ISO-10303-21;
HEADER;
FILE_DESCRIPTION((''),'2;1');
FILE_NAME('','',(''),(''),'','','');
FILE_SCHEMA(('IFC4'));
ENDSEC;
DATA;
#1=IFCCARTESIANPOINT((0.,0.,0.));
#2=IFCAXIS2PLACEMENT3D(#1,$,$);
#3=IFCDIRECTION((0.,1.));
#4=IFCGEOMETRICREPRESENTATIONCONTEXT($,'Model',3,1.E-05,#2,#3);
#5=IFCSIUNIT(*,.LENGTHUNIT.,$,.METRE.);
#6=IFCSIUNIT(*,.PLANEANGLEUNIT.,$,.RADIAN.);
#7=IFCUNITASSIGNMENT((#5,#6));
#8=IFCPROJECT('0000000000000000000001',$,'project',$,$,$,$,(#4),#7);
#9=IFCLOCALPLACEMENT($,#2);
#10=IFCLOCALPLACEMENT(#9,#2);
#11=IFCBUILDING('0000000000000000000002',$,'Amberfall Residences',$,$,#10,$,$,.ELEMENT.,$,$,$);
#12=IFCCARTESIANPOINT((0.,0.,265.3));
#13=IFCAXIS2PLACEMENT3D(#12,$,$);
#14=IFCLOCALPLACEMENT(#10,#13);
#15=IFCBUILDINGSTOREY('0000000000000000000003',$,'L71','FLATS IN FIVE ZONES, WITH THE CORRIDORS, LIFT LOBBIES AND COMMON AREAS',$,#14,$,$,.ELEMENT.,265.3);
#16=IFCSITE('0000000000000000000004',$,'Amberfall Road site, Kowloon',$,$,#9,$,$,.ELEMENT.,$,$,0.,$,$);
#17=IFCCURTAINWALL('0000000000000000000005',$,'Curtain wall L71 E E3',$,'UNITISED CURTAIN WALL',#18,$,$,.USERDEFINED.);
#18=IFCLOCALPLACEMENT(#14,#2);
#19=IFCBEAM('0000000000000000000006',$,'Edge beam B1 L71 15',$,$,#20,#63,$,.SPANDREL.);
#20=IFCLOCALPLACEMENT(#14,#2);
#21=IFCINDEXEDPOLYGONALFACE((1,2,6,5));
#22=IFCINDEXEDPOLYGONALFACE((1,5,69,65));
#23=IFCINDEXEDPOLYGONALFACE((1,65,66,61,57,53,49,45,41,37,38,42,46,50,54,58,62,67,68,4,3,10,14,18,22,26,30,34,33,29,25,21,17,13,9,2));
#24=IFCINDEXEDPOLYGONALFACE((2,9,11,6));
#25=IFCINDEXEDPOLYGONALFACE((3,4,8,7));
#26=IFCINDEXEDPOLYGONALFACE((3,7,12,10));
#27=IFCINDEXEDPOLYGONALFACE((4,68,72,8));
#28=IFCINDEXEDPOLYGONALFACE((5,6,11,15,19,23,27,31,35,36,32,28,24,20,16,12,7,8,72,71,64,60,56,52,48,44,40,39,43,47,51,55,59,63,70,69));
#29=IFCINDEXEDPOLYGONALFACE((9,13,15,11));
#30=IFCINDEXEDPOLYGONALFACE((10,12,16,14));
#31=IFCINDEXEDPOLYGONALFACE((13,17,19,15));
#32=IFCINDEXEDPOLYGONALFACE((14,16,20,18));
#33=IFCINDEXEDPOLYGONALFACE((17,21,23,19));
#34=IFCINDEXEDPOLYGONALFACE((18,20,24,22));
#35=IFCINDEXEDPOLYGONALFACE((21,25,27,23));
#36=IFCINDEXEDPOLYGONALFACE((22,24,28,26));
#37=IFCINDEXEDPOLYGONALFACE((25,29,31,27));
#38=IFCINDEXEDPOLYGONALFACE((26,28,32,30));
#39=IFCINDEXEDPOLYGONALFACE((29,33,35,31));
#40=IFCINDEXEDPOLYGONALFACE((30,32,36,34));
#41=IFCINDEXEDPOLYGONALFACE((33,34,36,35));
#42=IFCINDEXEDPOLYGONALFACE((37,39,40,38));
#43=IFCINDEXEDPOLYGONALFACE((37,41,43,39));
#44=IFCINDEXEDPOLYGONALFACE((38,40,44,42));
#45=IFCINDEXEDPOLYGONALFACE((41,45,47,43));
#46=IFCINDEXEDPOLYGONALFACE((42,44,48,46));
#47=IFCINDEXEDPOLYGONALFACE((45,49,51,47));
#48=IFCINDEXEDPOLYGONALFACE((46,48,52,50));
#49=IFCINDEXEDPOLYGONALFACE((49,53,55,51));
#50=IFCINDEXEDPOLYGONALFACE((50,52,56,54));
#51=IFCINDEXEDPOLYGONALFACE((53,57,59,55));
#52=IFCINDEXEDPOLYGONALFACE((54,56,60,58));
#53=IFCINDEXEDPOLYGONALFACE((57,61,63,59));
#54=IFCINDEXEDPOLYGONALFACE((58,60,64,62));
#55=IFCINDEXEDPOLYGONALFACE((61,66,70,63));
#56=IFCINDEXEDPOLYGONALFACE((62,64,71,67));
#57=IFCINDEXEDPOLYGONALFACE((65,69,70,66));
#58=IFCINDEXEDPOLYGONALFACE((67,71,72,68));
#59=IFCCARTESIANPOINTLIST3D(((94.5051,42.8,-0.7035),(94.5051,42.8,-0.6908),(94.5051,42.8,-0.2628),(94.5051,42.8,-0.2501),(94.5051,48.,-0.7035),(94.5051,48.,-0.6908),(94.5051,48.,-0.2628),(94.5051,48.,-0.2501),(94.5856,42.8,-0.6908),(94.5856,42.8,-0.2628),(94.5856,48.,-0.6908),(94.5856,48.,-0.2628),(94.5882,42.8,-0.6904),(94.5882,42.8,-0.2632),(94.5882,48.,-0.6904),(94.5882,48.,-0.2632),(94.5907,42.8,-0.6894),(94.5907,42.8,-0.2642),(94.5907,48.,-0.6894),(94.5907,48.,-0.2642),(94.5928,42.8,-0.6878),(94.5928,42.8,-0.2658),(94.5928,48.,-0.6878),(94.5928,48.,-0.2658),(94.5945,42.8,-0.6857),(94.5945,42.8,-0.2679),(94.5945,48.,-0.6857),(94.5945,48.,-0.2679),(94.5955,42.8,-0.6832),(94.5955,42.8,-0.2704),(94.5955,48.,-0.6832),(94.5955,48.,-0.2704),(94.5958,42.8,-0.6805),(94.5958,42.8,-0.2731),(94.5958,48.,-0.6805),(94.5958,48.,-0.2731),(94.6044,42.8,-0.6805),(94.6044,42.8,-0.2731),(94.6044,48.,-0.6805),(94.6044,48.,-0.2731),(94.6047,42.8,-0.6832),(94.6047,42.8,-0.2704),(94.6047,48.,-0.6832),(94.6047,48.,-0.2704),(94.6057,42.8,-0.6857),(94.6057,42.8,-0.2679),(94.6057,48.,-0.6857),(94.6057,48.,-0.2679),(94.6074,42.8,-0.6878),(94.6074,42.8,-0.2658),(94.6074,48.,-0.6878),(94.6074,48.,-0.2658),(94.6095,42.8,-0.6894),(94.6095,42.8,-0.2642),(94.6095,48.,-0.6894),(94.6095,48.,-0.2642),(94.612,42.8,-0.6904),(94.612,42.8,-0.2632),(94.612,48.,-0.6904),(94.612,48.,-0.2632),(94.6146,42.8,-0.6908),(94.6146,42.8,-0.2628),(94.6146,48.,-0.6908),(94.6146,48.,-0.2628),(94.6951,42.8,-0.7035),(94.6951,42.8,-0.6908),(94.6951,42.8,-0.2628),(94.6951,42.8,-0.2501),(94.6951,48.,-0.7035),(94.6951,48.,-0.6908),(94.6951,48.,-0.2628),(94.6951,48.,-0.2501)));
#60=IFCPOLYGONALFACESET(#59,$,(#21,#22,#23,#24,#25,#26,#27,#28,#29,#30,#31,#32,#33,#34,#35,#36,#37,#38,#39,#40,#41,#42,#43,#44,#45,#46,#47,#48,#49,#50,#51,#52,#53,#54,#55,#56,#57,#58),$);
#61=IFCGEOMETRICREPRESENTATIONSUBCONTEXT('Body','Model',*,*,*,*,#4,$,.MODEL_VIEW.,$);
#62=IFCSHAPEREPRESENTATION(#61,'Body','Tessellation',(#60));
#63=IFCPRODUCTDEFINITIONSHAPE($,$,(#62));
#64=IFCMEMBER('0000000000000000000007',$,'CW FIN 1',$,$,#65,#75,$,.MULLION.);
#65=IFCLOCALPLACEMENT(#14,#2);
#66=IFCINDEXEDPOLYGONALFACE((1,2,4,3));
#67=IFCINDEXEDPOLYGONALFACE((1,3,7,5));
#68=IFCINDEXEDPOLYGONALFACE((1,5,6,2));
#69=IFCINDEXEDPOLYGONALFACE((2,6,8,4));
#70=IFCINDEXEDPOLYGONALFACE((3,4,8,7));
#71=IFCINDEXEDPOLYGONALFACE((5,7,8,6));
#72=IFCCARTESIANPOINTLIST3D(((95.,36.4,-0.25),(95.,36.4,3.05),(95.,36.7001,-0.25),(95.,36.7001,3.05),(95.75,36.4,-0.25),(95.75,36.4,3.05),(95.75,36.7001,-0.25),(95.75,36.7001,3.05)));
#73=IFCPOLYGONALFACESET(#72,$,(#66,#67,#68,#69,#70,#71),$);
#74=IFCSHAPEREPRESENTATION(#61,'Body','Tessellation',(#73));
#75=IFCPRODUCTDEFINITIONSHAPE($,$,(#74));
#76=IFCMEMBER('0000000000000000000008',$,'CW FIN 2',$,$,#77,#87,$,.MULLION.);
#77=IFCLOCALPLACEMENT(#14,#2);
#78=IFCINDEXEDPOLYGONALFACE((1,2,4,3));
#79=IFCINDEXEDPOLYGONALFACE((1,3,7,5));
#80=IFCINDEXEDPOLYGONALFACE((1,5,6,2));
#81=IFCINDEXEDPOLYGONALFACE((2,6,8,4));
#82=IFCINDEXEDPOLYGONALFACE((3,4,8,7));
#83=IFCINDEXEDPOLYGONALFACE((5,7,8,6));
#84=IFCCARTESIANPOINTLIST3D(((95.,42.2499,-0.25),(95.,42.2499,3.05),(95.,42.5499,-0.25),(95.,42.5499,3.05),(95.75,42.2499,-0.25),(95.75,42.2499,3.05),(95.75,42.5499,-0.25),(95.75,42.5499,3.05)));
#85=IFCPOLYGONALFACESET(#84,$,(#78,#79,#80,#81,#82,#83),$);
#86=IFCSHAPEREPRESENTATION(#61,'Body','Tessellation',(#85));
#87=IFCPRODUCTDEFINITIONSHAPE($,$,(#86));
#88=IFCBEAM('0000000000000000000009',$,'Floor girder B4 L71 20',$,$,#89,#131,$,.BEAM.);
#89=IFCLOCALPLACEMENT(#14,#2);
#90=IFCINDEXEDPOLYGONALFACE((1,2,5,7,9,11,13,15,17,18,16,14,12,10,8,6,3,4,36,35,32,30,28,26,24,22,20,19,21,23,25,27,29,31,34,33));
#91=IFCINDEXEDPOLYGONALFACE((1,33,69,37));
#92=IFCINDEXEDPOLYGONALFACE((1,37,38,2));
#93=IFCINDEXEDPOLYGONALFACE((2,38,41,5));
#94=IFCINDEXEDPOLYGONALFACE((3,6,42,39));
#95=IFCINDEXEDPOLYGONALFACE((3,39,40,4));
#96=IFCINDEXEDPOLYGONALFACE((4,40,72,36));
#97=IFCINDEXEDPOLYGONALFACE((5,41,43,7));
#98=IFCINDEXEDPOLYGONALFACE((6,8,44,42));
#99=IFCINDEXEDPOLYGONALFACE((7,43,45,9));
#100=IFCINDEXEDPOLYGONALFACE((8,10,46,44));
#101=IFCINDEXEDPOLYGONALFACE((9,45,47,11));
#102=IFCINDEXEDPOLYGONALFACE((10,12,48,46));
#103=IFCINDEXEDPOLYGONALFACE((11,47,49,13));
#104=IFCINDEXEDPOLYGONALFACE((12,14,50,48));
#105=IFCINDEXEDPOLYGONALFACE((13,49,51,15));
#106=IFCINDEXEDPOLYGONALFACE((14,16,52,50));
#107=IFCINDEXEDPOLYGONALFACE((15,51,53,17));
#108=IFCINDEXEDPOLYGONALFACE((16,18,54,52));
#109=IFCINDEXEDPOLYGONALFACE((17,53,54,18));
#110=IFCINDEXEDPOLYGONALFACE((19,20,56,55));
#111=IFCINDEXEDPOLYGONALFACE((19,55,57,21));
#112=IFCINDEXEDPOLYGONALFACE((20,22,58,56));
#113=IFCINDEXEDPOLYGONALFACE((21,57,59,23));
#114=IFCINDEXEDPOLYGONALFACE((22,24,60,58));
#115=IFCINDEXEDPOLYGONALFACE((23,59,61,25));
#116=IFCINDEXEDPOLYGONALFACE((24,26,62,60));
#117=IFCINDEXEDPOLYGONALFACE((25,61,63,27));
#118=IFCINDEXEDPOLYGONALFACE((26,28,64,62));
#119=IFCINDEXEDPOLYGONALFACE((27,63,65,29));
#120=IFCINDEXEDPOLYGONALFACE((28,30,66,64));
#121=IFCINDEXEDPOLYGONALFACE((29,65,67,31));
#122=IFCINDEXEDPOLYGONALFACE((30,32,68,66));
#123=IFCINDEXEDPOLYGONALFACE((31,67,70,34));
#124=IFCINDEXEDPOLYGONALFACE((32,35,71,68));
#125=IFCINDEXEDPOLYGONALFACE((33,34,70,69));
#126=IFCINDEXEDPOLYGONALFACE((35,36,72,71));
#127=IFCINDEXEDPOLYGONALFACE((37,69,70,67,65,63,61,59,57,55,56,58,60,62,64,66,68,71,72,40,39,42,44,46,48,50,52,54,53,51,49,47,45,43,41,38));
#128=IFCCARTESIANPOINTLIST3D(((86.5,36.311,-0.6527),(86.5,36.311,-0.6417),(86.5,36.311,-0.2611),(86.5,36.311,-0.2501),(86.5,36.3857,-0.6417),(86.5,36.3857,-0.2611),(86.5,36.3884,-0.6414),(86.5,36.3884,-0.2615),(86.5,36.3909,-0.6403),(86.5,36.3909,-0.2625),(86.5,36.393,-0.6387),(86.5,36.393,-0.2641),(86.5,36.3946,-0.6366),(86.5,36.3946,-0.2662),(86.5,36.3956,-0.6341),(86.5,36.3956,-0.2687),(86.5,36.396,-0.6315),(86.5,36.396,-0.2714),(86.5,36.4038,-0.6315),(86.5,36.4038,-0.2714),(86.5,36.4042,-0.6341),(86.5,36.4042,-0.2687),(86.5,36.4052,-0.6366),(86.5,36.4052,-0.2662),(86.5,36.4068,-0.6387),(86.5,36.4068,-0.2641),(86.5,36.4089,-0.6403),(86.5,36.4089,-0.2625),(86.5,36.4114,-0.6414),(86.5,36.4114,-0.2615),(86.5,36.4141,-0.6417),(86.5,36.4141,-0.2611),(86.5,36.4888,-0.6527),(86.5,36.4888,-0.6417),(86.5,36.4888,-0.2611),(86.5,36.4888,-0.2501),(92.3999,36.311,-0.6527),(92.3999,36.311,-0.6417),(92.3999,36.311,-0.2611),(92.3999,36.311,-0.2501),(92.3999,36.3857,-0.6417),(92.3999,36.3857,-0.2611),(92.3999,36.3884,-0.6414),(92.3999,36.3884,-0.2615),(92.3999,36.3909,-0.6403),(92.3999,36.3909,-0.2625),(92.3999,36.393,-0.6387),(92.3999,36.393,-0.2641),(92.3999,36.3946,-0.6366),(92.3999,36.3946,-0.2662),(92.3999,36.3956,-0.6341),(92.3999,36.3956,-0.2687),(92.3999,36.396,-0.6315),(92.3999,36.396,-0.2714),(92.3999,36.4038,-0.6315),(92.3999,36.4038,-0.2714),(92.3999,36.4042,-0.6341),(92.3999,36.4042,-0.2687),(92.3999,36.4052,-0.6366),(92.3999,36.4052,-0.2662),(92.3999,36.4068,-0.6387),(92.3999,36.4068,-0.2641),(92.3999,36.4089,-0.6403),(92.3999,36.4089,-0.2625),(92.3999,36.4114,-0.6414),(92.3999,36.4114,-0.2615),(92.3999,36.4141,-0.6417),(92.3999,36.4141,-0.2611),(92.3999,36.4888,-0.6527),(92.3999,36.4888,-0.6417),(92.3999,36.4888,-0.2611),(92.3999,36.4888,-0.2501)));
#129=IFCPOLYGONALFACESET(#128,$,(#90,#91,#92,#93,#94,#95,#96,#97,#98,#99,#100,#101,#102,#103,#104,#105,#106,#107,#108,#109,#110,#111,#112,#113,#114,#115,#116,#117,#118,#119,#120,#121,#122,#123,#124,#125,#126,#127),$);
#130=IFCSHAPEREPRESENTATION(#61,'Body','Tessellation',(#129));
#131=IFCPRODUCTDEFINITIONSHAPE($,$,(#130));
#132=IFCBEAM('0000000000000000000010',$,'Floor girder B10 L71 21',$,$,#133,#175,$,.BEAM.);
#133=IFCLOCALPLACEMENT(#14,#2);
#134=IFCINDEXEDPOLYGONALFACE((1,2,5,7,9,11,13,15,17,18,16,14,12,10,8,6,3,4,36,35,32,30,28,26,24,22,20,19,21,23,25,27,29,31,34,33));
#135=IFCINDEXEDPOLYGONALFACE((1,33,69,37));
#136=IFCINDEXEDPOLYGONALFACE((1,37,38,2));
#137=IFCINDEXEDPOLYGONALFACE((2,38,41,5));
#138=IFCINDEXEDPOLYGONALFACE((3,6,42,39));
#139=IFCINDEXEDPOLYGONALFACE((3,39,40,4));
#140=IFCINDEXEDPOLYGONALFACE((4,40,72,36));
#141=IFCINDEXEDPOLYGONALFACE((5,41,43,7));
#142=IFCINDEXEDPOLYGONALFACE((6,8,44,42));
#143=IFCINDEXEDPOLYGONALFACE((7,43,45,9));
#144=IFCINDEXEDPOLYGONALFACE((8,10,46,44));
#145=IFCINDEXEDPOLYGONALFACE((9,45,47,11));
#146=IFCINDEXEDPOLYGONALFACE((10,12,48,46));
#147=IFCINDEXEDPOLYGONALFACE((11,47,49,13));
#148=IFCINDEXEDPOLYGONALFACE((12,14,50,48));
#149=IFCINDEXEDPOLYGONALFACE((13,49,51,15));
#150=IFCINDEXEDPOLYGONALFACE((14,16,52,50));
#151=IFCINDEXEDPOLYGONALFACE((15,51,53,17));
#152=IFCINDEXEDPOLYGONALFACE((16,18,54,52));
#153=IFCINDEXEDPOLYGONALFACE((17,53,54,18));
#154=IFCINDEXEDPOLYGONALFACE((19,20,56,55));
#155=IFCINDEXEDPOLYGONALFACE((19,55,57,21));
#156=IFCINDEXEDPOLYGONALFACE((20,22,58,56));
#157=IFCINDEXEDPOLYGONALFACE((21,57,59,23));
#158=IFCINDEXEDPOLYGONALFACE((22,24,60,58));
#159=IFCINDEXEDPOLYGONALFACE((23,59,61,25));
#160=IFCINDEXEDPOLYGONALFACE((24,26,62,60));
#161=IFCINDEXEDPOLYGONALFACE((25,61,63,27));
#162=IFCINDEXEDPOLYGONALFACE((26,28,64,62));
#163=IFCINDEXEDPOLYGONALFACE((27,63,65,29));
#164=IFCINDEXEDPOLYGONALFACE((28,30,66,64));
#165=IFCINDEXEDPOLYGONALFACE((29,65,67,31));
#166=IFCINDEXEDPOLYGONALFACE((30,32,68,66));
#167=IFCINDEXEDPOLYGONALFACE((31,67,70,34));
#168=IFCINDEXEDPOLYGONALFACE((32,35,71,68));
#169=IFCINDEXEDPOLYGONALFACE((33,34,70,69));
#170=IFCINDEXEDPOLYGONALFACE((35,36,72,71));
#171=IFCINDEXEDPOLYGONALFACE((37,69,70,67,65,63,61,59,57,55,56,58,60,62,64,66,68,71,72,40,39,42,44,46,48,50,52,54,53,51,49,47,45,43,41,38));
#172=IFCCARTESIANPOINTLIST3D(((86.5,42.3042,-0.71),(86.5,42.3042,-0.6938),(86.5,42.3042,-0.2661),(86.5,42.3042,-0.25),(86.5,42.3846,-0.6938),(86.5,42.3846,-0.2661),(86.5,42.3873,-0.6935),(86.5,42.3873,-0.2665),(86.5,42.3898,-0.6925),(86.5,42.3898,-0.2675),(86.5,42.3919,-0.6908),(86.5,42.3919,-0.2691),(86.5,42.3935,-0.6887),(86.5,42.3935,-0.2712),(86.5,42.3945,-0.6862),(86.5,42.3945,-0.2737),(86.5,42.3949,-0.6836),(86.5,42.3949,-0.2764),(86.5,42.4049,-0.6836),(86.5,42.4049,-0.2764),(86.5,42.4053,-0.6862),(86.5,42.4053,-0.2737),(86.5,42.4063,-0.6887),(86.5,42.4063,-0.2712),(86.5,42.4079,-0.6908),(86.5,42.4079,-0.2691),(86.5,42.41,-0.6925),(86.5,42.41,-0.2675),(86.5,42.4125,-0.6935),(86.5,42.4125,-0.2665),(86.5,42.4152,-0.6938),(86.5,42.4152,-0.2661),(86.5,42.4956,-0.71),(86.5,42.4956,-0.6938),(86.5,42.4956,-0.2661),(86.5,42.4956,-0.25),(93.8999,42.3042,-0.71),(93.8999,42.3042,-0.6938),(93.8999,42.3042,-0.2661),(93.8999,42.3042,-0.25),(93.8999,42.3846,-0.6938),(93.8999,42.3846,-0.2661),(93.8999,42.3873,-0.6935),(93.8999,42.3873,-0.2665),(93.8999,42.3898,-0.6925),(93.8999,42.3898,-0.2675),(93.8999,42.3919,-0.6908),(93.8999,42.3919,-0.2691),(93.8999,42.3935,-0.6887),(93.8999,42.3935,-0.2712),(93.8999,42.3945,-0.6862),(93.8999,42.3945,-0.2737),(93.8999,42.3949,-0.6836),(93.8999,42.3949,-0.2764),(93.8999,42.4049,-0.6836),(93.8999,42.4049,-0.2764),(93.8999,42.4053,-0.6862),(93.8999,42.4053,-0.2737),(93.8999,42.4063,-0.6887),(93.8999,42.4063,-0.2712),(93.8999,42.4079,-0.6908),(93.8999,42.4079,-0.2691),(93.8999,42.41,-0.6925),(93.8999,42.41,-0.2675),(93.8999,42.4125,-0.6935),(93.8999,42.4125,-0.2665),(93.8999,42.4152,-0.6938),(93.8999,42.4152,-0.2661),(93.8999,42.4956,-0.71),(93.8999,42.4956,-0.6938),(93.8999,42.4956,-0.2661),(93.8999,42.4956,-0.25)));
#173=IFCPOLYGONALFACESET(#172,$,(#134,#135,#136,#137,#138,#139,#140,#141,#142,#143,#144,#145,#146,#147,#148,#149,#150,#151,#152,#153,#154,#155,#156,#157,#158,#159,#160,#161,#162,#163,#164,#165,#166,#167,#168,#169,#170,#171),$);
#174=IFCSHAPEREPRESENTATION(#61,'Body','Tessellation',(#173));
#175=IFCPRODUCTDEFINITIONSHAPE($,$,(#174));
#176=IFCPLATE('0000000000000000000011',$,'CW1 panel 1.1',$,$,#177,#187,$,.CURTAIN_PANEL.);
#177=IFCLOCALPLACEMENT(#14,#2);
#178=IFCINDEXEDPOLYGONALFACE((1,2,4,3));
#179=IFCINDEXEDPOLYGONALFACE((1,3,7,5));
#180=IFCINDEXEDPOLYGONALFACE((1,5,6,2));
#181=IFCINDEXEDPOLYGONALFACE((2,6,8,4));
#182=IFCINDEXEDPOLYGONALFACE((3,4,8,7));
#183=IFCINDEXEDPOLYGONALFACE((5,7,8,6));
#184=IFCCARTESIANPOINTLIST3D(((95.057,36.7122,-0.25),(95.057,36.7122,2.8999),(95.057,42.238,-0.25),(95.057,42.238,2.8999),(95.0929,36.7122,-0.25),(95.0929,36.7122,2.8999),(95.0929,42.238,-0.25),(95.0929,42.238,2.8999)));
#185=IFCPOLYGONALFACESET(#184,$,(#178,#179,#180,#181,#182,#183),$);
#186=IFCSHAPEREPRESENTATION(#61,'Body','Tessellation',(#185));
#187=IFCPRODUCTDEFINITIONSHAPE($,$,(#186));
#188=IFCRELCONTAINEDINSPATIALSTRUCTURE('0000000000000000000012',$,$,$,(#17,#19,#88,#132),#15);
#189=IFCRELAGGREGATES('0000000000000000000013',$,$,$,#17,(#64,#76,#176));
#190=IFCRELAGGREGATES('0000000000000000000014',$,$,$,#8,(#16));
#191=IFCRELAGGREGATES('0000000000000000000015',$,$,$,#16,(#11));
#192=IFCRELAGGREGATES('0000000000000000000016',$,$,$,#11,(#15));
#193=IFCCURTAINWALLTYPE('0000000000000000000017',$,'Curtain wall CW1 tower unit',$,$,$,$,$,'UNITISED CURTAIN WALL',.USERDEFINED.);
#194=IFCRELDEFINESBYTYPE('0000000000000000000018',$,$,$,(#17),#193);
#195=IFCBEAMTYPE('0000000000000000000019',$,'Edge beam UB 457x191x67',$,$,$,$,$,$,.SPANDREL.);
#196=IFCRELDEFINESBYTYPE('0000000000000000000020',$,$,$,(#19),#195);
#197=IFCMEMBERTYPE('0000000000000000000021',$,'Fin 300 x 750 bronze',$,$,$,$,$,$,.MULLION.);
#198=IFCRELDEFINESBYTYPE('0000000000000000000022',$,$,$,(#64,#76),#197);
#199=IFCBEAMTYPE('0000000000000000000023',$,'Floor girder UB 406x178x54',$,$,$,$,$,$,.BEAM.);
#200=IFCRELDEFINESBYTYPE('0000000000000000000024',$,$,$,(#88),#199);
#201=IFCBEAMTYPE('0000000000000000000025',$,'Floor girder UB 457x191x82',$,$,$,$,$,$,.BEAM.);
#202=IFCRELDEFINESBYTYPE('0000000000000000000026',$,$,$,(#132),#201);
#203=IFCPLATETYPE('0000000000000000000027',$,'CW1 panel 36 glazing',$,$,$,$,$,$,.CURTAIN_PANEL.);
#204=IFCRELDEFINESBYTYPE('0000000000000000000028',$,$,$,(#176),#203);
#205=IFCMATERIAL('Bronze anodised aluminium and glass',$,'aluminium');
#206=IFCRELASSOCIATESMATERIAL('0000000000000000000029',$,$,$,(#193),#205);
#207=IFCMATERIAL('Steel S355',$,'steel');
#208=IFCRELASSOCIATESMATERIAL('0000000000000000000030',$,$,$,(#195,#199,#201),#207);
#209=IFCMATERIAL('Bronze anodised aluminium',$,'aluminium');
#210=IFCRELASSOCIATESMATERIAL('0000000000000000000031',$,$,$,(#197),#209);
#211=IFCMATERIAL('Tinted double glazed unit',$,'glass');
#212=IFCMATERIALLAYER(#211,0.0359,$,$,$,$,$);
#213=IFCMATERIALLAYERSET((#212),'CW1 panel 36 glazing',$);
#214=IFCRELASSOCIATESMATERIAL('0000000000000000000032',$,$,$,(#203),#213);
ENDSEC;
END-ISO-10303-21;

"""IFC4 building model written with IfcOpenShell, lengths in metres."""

from ifc_helpers import new_model, si_unit, direction, frame, origin, origin_2d, place, context, subcontext, project, spatial, rectangle, i_section, extrude, material, layer, layer_set, material_profile, profile_set, type_object, element, aggregate, save


model = new_model("IFC4")

# Units and contexts
model_context = context("Model", 3, precision=1e-05, world=origin(), true_north=direction((0.0, 1.0)))
body_context = subcontext(model_context, "Body", "Model", "MODEL_VIEW")
ifc_project = project(units=[si_unit("LENGTHUNIT", "METRE"), si_unit("PLANEANGLEUNIT", "RADIAN")], contexts=[model_context])

# Site, building, storey
site_placement = place(None, origin())
site = spatial("IfcSite", under=ifc_project, at=site_placement, Name="Amberfall Road site, Kowloon", CompositionType="ELEMENT", RefElevation=0.0)
building_placement = place(site_placement, origin())
building = spatial("IfcBuilding", under=site, at=building_placement, Name="Amberfall Residences", CompositionType="ELEMENT")
storey_placement = place(building_placement, frame((0.0, 0.0, 265.3)))
storey = spatial("IfcBuildingStorey", under=building, at=storey_placement, Name="L71", Description="FLATS IN FIVE ZONES, WITH THE CORRIDORS, LIFT LOBBIES AND COMMON AREAS", CompositionType="ELEMENT", Elevation=265.3)

# Curtain wall
ifc_material_1 = material(Name="Bronze anodised aluminium and glass", Category="aluminium")
curtain_wall_type = type_object("IfcCurtainWallType", Name="Curtain wall CW1 tower unit", ElementType="UNITISED CURTAIN WALL", PredefinedType="USERDEFINED", material=ifc_material_1)
curtain_wall_placement = place(storey_placement, origin())
curtain_wall = element("IfcCurtainWall", 1, at=curtain_wall_placement, inside=storey, type_object=curtain_wall_type, Name="Curtain wall L71 E E3", ObjectType="UNITISED CURTAIN WALL", PredefinedType="USERDEFINED")
ifc_material_2 = material(Name="Bronze anodised aluminium", Category="aluminium")

# Beam
ifc_material_3 = material(Name="Steel S355", Category="steel")
ifc_material_profile_1 = material_profile(ifc_material_3, i_section(OverallWidth=0.1899, OverallDepth=0.4534, WebThickness=0.0085, FlangeThickness=0.0127, FilletRadius=0.0103, at=origin_2d()), Name="UB 457x191x67")
ifc_profile_set_1 = profile_set([ifc_material_profile_1], Name="Steel S355")
beam_type_1 = type_object("IfcBeamType", Name="Edge beam UB 457x191x67", PredefinedType="SPANDREL", material=ifc_profile_set_1)
beam_1_placement = place(storey_placement, frame((94.6001, 42.8, -0.4768), z_axis=(0.0, 1.0, 0.0), x_axis=(-1.0, 0.0, 0.0)))
element("IfcBeam", 2, at=beam_1_placement, inside=storey, type_object=beam_type_1, Name="Edge beam B1 L71 15", PredefinedType="SPANDREL", context=body_context, shape_type="SweptSolid", body=[
    extrude(i_section(OverallWidth=0.1899, OverallDepth=0.4534, WebThickness=0.0085, FlangeThickness=0.0127, FilletRadius=0.0103, at=origin_2d()), origin(), (0.0, 0.0, 1.0), 5.2),
])

# Members
ifc_material_profile_2 = material_profile(ifc_material_2, rectangle(XDim=0.75, YDim=0.3, at=origin_2d()), Name="Fin 300 x 750 bronze")
ifc_profile_set_2 = profile_set([ifc_material_profile_2], Name="Bronze anodised aluminium")
member_type_1 = type_object("IfcMemberType", Name="Fin 300 x 750 bronze", PredefinedType="MULLION", material=ifc_profile_set_2)
member_1_placement = place(storey_placement, frame((95.375, 36.55, -0.25), z_axis=(0.0, 0.0, 1.0), x_axis=(-1.0, 0.0, 0.0)))
member_1 = element("IfcMember", 3, at=member_1_placement, type_object=member_type_1, Name="CW FIN 1", PredefinedType="MULLION", context=body_context, shape_type="SweptSolid", body=[
    extrude(rectangle(XDim=0.75, YDim=0.3, at=origin_2d()), origin(), (0.0, 0.0, 1.0), 3.3),
])
member_2_placement = place(storey_placement, frame((95.375, 42.3999, -0.25), z_axis=(0.0, 0.0, 1.0), x_axis=(-1.0, 0.0, 0.0)))
member_2 = element("IfcMember", 4, at=member_2_placement, type_object=member_type_1, Name="CW FIN 2", PredefinedType="MULLION", context=body_context, shape_type="SweptSolid", body=[
    extrude(rectangle(XDim=0.75, YDim=0.3, at=origin_2d()), origin(), (0.0, 0.0, 1.0), 3.3),
])

# Beams
ifc_material_profile_3 = material_profile(ifc_material_3, i_section(OverallWidth=0.1777, OverallDepth=0.4026, WebThickness=0.0078, FlangeThickness=0.011, FilletRadius=0.0103, at=origin_2d()), Name="UB 406x178x54")
ifc_profile_set_3 = profile_set([ifc_material_profile_3], Name="Steel S355")
beam_type_2 = type_object("IfcBeamType", Name="Floor girder UB 406x178x54", PredefinedType="BEAM", material=ifc_profile_set_3)
beam_2_placement = place(storey_placement, frame((92.3999, 36.3999, -0.4514), z_axis=(-1.0, 0.0, 0.0), x_axis=(0.0, -1.0, 0.0)))
element("IfcBeam", 5, at=beam_2_placement, inside=storey, type_object=beam_type_2, Name="Floor girder B4 L71 20", PredefinedType="BEAM", context=body_context, shape_type="SweptSolid", body=[
    extrude(i_section(OverallWidth=0.1777, OverallDepth=0.4026, WebThickness=0.0078, FlangeThickness=0.011, FilletRadius=0.0103, at=origin_2d()), origin(), (0.0, 0.0, 1.0), 5.8999),
])
ifc_material_profile_4 = material_profile(ifc_material_3, i_section(OverallWidth=0.1914, OverallDepth=0.46, WebThickness=0.01, FlangeThickness=0.0161, FilletRadius=0.0103, at=origin_2d()), Name="UB 457x191x82")
ifc_profile_set_4 = profile_set([ifc_material_profile_4], Name="Steel S355")
beam_type_3 = type_object("IfcBeamType", Name="Floor girder UB 457x191x82", PredefinedType="BEAM", material=ifc_profile_set_4)
beam_3_placement = place(storey_placement, frame((93.8999, 42.3999, -0.48), z_axis=(-1.0, 0.0, 0.0), x_axis=(0.0, -1.0, 0.0)))
element("IfcBeam", 6, at=beam_3_placement, inside=storey, type_object=beam_type_3, Name="Floor girder B10 L71 21", PredefinedType="BEAM", context=body_context, shape_type="SweptSolid", body=[
    extrude(i_section(OverallWidth=0.1914, OverallDepth=0.46, WebThickness=0.01, FlangeThickness=0.0161, FilletRadius=0.0103, at=origin_2d()), origin(), (0.0, 0.0, 1.0), 7.3999),
])

# Plate
ifc_material_4 = material(Name="Tinted double glazed unit", Category="glass")
ifc_layer_1 = layer(ifc_material_4, 0.0359)
ifc_layer_set_1 = layer_set([ifc_layer_1], Name="CW1 panel 36 glazing")
plate_type = type_object("IfcPlateType", Name="CW1 panel 36 glazing", PredefinedType="CURTAIN_PANEL", material=ifc_layer_set_1)
plate_placement = place(storey_placement, frame((95.075, 39.4751, -0.25), z_axis=(0.0, 0.0, 1.0), x_axis=(0.0, 1.0, 0.0)))
plate = element("IfcPlate", 7, at=plate_placement, type_object=plate_type, Name="CW1 panel 1.1", PredefinedType="CURTAIN_PANEL", context=body_context, shape_type="SweptSolid", body=[
    extrude(rectangle(XDim=5.5259, YDim=0.0359, at=origin_2d()), origin(), (0.0, 0.0, 1.0), 3.1499),
])
aggregate(curtain_wall, [member_1, member_2, plate])

save(model, "model.ifc")
